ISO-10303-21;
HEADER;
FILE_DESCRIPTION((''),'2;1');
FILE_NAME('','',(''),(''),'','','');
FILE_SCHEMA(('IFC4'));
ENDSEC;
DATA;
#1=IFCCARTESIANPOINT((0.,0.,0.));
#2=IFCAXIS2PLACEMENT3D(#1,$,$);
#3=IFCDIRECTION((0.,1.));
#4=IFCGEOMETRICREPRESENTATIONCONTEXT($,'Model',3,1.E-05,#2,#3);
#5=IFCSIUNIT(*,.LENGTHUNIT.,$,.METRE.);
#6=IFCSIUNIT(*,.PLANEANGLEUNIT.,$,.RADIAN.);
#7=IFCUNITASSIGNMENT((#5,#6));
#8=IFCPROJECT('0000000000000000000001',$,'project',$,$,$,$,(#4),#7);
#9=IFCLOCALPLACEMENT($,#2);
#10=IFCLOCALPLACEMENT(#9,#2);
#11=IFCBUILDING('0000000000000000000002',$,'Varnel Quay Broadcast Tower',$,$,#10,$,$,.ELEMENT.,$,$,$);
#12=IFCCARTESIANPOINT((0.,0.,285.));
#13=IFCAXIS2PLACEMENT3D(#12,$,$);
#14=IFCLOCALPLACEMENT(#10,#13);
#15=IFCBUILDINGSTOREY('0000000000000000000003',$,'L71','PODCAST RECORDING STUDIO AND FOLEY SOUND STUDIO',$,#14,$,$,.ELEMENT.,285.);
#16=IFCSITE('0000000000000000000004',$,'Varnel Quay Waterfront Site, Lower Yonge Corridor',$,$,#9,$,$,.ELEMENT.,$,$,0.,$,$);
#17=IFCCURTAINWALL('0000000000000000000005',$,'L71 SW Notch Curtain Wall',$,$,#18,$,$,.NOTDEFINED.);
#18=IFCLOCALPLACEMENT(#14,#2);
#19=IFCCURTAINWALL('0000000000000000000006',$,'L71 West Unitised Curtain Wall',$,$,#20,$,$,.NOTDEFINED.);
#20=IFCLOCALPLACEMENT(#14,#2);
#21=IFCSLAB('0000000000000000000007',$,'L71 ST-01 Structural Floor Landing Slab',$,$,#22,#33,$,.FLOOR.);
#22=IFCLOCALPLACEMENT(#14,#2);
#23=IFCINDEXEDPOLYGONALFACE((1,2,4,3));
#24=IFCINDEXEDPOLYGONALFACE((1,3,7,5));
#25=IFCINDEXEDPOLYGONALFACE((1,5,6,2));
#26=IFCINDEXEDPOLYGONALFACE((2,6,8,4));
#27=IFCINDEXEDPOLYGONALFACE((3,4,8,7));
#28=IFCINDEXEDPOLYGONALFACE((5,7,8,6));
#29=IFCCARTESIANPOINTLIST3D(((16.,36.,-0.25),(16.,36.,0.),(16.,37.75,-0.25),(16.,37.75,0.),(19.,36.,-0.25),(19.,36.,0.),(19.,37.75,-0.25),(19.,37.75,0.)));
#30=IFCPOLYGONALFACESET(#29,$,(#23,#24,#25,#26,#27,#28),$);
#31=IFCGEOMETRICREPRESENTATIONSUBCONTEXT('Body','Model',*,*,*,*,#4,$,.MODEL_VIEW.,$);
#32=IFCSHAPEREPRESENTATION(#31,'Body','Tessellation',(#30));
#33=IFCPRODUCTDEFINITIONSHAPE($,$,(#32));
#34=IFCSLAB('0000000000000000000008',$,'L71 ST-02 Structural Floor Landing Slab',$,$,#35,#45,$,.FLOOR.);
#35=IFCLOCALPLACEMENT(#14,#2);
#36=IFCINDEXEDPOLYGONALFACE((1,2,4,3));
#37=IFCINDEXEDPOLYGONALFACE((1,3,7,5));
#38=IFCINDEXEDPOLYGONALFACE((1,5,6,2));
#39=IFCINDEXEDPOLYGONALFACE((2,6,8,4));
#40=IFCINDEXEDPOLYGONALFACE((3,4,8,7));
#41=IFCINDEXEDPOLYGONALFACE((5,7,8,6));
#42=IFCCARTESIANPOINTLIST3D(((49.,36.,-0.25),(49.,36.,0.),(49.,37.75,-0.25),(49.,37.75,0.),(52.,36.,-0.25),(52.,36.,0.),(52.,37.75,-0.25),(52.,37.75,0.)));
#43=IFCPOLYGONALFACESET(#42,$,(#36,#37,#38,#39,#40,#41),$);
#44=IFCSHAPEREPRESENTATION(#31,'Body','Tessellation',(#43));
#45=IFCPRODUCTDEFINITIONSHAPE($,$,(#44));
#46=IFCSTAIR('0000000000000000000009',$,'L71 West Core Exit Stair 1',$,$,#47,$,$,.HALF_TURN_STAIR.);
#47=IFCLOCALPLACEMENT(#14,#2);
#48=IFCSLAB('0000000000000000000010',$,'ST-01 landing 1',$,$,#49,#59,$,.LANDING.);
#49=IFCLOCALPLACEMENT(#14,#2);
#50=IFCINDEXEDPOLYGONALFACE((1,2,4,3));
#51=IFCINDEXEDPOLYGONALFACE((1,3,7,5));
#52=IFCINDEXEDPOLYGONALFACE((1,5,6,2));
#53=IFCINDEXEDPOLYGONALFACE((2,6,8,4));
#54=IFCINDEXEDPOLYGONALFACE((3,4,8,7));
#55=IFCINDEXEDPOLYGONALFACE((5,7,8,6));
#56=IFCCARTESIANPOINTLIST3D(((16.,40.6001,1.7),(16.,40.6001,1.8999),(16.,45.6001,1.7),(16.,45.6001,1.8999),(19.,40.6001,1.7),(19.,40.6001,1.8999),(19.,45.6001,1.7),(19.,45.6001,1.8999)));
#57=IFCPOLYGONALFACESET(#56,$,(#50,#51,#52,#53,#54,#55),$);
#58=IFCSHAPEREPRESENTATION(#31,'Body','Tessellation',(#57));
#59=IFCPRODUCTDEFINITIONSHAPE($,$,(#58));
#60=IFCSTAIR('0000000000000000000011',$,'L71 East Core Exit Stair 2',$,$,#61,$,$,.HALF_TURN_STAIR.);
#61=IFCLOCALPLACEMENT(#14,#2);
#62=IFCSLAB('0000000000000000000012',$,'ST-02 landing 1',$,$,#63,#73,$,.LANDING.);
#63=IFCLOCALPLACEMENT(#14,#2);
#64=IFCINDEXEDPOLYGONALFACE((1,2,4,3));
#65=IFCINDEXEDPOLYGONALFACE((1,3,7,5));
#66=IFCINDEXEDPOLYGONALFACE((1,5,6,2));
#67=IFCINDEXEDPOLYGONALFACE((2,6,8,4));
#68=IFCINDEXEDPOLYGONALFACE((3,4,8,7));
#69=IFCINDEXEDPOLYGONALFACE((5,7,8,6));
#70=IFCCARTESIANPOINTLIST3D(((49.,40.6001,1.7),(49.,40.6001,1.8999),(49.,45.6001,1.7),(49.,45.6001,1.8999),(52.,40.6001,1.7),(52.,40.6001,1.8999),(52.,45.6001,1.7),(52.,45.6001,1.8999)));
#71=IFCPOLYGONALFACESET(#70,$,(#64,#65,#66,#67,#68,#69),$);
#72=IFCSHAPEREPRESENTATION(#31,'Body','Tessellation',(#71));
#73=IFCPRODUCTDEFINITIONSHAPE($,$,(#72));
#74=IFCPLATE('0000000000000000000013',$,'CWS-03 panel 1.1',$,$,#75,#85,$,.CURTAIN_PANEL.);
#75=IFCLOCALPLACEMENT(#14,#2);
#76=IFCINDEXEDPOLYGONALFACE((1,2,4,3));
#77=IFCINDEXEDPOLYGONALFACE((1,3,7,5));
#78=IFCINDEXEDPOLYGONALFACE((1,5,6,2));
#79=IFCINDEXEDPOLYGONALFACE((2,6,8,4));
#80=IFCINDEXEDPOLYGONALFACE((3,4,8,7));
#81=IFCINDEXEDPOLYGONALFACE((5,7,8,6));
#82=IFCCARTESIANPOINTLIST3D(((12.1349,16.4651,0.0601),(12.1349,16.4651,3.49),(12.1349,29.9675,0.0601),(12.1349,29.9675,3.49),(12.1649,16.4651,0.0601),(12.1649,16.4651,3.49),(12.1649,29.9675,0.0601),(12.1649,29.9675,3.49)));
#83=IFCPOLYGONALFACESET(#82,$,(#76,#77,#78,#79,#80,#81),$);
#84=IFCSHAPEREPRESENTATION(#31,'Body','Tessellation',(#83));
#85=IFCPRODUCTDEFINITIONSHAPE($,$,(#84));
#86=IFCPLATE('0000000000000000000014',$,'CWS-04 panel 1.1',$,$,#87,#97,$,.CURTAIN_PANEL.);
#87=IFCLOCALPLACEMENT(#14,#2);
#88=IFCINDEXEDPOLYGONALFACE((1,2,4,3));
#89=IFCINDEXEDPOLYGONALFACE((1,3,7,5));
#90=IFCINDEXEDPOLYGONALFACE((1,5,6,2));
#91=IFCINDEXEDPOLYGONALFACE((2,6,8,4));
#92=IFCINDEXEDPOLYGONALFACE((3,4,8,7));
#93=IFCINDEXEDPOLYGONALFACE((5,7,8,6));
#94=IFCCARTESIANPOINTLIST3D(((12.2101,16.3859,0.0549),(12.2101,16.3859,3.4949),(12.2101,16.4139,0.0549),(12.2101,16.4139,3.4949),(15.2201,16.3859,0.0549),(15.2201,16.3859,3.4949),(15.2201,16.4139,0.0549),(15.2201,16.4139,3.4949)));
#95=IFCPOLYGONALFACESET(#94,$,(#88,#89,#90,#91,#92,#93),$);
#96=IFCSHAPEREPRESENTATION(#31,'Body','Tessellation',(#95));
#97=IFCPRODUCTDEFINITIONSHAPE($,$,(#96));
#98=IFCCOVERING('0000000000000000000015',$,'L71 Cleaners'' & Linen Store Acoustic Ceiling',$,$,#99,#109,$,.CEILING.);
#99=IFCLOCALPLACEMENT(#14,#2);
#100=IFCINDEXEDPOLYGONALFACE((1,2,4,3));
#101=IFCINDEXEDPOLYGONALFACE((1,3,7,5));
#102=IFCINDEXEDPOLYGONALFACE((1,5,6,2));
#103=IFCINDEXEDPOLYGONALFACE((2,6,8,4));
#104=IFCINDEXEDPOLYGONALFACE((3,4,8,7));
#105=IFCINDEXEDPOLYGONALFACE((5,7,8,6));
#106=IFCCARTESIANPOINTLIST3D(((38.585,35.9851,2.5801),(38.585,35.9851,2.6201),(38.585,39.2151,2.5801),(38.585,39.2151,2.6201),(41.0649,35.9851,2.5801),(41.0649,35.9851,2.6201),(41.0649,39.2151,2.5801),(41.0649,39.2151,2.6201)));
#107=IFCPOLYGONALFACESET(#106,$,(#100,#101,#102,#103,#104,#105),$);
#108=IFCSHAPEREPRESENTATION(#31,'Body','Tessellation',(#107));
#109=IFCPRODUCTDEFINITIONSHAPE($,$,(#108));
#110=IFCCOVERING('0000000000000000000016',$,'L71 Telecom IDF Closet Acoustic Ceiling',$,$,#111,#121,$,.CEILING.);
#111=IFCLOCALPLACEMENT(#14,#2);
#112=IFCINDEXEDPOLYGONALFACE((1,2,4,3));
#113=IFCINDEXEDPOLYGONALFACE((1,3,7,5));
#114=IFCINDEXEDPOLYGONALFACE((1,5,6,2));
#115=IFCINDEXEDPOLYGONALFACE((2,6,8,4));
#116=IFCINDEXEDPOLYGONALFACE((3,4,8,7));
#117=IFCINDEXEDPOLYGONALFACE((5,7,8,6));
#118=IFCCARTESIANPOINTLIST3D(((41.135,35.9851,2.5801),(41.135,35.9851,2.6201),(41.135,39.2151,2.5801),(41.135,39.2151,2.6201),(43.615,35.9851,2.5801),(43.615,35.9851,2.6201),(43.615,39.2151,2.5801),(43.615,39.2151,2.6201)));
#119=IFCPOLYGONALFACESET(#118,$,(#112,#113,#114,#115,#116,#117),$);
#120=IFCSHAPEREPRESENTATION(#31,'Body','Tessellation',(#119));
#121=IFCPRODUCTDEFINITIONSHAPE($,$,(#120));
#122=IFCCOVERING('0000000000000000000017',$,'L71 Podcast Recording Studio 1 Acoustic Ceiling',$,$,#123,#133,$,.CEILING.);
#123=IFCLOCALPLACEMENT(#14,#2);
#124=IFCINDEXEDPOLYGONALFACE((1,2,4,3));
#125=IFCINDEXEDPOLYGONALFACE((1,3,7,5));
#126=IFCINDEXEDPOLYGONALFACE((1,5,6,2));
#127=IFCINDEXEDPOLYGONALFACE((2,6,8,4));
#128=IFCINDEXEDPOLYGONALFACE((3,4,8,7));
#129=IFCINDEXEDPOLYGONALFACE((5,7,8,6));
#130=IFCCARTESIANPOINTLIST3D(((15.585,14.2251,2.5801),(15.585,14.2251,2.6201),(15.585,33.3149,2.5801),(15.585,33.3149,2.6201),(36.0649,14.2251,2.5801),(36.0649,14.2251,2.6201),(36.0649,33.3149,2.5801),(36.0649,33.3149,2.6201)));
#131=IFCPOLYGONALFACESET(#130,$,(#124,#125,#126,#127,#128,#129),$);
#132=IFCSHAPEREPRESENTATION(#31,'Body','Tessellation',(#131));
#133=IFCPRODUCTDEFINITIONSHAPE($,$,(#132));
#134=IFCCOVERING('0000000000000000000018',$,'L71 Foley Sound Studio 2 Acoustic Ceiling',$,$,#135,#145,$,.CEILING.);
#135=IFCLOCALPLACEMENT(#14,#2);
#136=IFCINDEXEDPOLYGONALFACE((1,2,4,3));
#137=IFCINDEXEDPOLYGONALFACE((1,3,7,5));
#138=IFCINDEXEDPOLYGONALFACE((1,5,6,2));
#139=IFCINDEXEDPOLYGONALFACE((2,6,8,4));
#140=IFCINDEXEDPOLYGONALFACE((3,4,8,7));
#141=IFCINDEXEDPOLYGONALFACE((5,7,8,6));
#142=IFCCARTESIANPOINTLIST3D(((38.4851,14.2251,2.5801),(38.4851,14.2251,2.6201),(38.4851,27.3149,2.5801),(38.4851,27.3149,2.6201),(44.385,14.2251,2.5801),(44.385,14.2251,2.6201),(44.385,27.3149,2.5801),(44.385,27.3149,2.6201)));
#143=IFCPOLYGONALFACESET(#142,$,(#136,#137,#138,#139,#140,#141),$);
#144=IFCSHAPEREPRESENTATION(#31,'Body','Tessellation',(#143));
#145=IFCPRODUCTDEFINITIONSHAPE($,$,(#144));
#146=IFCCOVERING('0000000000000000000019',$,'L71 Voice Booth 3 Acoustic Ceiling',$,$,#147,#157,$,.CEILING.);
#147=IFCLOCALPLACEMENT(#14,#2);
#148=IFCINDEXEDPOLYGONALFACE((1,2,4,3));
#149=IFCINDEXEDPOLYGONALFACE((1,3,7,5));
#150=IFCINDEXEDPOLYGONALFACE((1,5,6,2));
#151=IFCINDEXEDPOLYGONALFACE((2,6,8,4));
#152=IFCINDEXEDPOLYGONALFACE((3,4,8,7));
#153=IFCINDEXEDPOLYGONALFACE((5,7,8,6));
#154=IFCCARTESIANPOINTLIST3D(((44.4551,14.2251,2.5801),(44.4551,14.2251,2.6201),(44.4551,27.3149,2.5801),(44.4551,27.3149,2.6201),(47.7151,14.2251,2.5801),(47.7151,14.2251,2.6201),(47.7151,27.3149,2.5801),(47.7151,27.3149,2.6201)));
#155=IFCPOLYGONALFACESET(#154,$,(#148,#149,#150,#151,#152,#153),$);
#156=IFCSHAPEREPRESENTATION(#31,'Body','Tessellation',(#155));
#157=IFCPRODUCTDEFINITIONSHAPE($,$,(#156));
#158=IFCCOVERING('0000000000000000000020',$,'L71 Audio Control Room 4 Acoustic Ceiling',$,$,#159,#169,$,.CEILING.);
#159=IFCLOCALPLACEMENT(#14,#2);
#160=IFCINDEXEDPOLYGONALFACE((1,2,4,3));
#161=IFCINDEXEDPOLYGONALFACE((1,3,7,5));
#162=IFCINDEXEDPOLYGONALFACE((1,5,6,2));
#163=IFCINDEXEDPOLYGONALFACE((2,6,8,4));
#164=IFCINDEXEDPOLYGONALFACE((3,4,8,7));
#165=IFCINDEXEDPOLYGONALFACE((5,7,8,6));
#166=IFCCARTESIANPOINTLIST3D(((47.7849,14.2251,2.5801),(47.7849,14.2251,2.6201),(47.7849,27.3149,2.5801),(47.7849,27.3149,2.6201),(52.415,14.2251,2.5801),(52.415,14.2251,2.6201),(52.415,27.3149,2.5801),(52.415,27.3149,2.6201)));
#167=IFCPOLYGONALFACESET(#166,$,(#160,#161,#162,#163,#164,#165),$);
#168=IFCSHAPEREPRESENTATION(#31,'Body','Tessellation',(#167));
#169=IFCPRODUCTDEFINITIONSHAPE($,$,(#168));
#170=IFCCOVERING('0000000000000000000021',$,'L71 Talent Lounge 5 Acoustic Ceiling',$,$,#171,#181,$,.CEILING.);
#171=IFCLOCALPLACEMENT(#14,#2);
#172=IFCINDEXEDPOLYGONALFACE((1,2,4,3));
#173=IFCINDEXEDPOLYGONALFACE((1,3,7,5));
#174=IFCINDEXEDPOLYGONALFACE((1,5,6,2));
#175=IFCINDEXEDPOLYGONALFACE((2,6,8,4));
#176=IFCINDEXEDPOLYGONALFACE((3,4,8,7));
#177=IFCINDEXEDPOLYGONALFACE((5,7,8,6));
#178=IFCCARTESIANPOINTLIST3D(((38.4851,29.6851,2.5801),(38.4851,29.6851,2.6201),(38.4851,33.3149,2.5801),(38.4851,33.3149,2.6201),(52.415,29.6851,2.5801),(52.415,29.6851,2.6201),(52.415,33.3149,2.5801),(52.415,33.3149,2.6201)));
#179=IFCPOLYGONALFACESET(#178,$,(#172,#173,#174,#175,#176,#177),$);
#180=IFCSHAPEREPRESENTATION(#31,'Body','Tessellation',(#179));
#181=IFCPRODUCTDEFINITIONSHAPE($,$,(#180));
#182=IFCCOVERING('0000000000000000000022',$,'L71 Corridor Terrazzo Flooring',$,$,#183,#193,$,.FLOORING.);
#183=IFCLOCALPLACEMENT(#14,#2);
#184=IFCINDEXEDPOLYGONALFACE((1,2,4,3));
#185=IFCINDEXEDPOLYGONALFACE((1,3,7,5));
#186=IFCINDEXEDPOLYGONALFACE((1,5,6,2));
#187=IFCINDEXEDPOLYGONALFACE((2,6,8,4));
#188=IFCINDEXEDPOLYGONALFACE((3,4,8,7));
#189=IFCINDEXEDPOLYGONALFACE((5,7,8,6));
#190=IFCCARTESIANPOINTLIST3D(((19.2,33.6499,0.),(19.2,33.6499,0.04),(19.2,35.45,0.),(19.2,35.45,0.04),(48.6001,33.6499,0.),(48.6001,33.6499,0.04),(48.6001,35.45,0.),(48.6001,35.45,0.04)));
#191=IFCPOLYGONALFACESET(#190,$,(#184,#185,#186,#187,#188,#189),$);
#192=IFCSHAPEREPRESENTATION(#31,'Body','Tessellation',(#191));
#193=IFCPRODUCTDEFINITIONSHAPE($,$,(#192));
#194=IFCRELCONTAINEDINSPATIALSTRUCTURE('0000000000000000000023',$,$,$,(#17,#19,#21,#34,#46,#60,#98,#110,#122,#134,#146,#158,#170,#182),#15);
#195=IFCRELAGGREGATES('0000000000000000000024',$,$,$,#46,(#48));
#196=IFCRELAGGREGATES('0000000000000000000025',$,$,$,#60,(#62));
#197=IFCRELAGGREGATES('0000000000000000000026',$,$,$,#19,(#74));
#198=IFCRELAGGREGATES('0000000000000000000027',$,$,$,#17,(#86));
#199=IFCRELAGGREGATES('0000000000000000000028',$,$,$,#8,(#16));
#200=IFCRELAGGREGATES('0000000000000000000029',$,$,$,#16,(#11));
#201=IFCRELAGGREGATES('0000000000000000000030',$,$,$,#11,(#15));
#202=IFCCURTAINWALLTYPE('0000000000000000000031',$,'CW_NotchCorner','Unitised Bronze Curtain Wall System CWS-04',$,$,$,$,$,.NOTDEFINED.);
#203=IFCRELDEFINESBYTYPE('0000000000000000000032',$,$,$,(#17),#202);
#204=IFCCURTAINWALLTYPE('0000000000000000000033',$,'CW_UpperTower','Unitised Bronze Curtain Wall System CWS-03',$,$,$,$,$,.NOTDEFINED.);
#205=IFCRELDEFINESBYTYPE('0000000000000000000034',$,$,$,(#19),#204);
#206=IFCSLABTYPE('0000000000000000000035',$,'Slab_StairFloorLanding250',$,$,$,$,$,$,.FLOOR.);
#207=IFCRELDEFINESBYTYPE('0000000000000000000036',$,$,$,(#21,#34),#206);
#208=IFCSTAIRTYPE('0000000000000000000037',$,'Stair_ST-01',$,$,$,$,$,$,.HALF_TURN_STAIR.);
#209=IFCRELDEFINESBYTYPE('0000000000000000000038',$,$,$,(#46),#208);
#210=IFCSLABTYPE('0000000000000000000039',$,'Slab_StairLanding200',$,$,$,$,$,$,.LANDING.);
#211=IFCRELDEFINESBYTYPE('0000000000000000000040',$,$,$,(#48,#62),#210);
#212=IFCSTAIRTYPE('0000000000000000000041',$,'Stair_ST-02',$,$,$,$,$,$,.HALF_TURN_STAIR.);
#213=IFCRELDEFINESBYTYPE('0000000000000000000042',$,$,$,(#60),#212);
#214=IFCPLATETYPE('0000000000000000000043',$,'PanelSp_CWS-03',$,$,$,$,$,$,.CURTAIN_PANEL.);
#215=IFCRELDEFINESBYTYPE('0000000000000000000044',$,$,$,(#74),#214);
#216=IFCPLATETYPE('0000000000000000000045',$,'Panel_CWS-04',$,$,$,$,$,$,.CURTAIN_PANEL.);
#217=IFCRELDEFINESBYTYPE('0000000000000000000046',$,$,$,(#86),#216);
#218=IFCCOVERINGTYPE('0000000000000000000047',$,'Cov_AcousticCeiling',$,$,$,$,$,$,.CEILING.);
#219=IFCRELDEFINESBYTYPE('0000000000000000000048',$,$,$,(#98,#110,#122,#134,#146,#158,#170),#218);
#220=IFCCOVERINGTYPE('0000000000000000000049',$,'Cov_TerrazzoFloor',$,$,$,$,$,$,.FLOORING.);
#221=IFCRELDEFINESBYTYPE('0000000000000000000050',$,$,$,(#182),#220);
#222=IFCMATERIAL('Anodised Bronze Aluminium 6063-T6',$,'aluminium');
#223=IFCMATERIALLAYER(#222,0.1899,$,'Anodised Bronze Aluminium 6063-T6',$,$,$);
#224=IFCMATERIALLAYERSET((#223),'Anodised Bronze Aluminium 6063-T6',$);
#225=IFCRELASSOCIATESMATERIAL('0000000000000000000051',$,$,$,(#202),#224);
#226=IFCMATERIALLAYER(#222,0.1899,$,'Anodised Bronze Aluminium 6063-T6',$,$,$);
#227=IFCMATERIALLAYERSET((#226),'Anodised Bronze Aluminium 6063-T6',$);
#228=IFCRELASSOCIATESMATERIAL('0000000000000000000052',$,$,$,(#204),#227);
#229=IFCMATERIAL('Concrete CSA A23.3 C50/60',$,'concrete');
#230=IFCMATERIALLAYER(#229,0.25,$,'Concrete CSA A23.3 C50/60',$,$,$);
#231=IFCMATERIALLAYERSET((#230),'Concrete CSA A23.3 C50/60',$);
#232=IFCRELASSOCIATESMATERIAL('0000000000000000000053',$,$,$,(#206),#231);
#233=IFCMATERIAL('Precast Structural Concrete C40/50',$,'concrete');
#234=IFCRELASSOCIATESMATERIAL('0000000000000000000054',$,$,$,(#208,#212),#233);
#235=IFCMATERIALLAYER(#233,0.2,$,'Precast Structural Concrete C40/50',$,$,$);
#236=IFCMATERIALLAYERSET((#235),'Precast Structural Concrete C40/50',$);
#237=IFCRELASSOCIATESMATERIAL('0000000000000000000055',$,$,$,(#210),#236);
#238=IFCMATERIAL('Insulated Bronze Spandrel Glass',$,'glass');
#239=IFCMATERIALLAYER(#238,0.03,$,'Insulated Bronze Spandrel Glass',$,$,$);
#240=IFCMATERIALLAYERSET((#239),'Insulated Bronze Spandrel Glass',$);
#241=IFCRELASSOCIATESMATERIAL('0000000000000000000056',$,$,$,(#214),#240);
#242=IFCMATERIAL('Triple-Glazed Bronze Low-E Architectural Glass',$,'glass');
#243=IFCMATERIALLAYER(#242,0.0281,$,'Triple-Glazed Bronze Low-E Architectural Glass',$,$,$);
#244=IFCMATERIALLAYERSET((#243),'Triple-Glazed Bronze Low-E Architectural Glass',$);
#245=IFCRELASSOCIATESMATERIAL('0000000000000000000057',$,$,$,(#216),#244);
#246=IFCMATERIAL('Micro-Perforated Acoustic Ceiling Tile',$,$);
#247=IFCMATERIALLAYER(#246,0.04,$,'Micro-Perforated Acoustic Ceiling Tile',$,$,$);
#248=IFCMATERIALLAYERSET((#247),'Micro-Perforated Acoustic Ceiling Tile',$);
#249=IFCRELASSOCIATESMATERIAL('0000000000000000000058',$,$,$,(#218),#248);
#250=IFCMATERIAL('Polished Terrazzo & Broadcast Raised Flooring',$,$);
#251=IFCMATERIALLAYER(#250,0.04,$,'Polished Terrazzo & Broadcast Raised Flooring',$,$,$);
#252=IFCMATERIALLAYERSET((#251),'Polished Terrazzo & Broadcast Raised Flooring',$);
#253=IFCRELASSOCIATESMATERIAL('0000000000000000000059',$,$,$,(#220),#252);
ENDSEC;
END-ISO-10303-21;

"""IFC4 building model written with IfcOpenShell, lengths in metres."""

from ifc_helpers import new_model, si_unit, direction, frame, origin, origin_2d, place, context, subcontext, project, spatial, polyline, rectangle, outline, extrude, source, transform, mapped, material, layer, layer_set, type_object, type_shapes, element, aggregate, save


model = new_model("IFC4")

# Units and contexts
model_context = context("Model", 3, precision=1e-05, world=origin(), true_north=direction((0.0, 1.0)))
body_context = subcontext(model_context, "Body", "Model", "MODEL_VIEW")
ifc_project = project(units=[si_unit("LENGTHUNIT", "METRE"), si_unit("PLANEANGLEUNIT", "RADIAN")], contexts=[model_context])

# Site, building, storey
site_placement = place(None, origin())
site = spatial("IfcSite", under=ifc_project, at=site_placement, Name="Varnel Quay Waterfront Site, Lower Yonge Corridor", CompositionType="ELEMENT", RefElevation=0.0)
building_placement = place(site_placement, origin())
building = spatial("IfcBuilding", under=site, at=building_placement, Name="Varnel Quay Broadcast Tower", CompositionType="ELEMENT")
storey_placement = place(building_placement, frame((0.0, 0.0, 285.0)))
storey = spatial("IfcBuildingStorey", under=building, at=storey_placement, Name="L71", Description="PODCAST RECORDING STUDIO AND FOLEY SOUND STUDIO", CompositionType="ELEMENT", Elevation=285.0)

# Curtain wall
ifc_material_1 = material(Name="Anodised Bronze Aluminium 6063-T6", Category="aluminium")
ifc_layer_1 = layer(ifc_material_1, 0.1899, Name="Anodised Bronze Aluminium 6063-T6")
ifc_layer_set_1 = layer_set([ifc_layer_1], Name="Anodised Bronze Aluminium 6063-T6")
curtain_wall_type_1 = type_object("IfcCurtainWallType", Name="CW_NotchCorner", Description="Unitised Bronze Curtain Wall System CWS-04", PredefinedType="NOTDEFINED", material=ifc_layer_set_1)
curtain_wall_1_placement = place(storey_placement, origin())
curtain_wall_1 = element("IfcCurtainWall", 1, at=curtain_wall_1_placement, inside=storey, type_object=curtain_wall_type_1, Name="L71 SW Notch Curtain Wall", PredefinedType="NOTDEFINED")

# Curtain wall
ifc_layer_2 = layer(ifc_material_1, 0.1899, Name="Anodised Bronze Aluminium 6063-T6")
ifc_layer_set_2 = layer_set([ifc_layer_2], Name="Anodised Bronze Aluminium 6063-T6")
curtain_wall_type_2 = type_object("IfcCurtainWallType", Name="CW_UpperTower", Description="Unitised Bronze Curtain Wall System CWS-03", PredefinedType="NOTDEFINED", material=ifc_layer_set_2)
curtain_wall_2_placement = place(storey_placement, origin())
curtain_wall_2 = element("IfcCurtainWall", 2, at=curtain_wall_2_placement, inside=storey, type_object=curtain_wall_type_2, Name="L71 West Unitised Curtain Wall", PredefinedType="NOTDEFINED")

# Slabs
ifc_material_2 = material(Name="Concrete CSA A23.3 C50/60", Category="concrete")
ifc_layer_3 = layer(ifc_material_2, 0.25, Name="Concrete CSA A23.3 C50/60")
ifc_layer_set_3 = layer_set([ifc_layer_3], Name="Concrete CSA A23.3 C50/60")
slab_type_1 = type_object("IfcSlabType", Name="Slab_StairFloorLanding250", PredefinedType="FLOOR", material=ifc_layer_set_3)
slab_1_placement = place(storey_placement, frame((0.0, 0.0, -0.25)))
element("IfcSlab", 3, at=slab_1_placement, inside=storey, type_object=slab_type_1, Name="L71 ST-01 Structural Floor Landing Slab", PredefinedType="FLOOR", context=body_context, shape_type="SweptSolid", body=[
    extrude(outline(polyline([(19.0, 36.0), (19.0, 37.75), (16.0, 37.75), (16.0, 36.0), (19.0, 36.0)])), origin(), (0.0, 0.0, 1.0), 0.25),
])
slab_2_placement = place(storey_placement, frame((0.0, 0.0, -0.25)))
element("IfcSlab", 4, at=slab_2_placement, inside=storey, type_object=slab_type_1, Name="L71 ST-02 Structural Floor Landing Slab", PredefinedType="FLOOR", context=body_context, shape_type="SweptSolid", body=[
    extrude(outline(polyline([(52.0, 36.0), (52.0, 37.75), (49.0, 37.75), (49.0, 36.0), (52.0, 36.0)])), origin(), (0.0, 0.0, 1.0), 0.25),
])

# Stairs, slabs
ifc_material_3 = material(Name="Precast Structural Concrete C40/50", Category="concrete")
stair_type_1 = type_object("IfcStairType", Name="Stair_ST-01", PredefinedType="HALF_TURN_STAIR", material=ifc_material_3)
stair_1_placement = place(storey_placement, origin())
stair_1 = element("IfcStair", 5, at=stair_1_placement, inside=storey, type_object=stair_type_1, Name="L71 West Core Exit Stair 1", PredefinedType="HALF_TURN_STAIR")
ifc_layer_4 = layer(ifc_material_3, 0.2, Name="Precast Structural Concrete C40/50")
ifc_layer_set_4 = layer_set([ifc_layer_4], Name="Precast Structural Concrete C40/50")
slab_type_2 = type_object("IfcSlabType", Name="Slab_StairLanding200", PredefinedType="LANDING", material=ifc_layer_set_4)
slab_3_placement = place(storey_placement, frame((0.0, 0.0, 1.7)))
slab_3 = element("IfcSlab", 6, at=slab_3_placement, type_object=slab_type_2, Name="ST-01 landing 1", PredefinedType="LANDING", context=body_context, shape_type="SweptSolid", body=[
    extrude(outline(polyline([(19.0, 40.6001), (19.0, 45.6001), (16.0, 45.6001), (16.0, 40.6001), (19.0, 40.6001)])), origin(), (0.0, 0.0, 1.0), 0.2),
])
aggregate(stair_1, [slab_3])
stair_type_2 = type_object("IfcStairType", Name="Stair_ST-02", PredefinedType="HALF_TURN_STAIR", material=ifc_material_3)
stair_2_placement = place(storey_placement, origin())
stair_2 = element("IfcStair", 7, at=stair_2_placement, inside=storey, type_object=stair_type_2, Name="L71 East Core Exit Stair 2", PredefinedType="HALF_TURN_STAIR")
slab_4_placement = place(storey_placement, frame((0.0, 0.0, 1.7)))
slab_4 = element("IfcSlab", 8, at=slab_4_placement, type_object=slab_type_2, Name="ST-02 landing 1", PredefinedType="LANDING", context=body_context, shape_type="SweptSolid", body=[
    extrude(outline(polyline([(52.0, 40.6001), (52.0, 45.6001), (49.0, 45.6001), (49.0, 40.6001), (52.0, 40.6001)])), origin(), (0.0, 0.0, 1.0), 0.2),
])
aggregate(stair_2, [slab_4])

# Plates
ifc_material_4 = material(Name="Insulated Bronze Spandrel Glass", Category="glass")
ifc_layer_5 = layer(ifc_material_4, 0.03, Name="Insulated Bronze Spandrel Glass")
ifc_layer_set_5 = layer_set([ifc_layer_5], Name="Insulated Bronze Spandrel Glass")
plate_type_1 = type_object("IfcPlateType", Name="PanelSp_CWS-03", PredefinedType="CURTAIN_PANEL", material=ifc_layer_set_5)
shared_shape_1 = source(origin(), body_context, "Body", "SweptSolid", [
    extrude(rectangle(XDim=13.5024, YDim=0.03, at=origin_2d()), origin(), (0.0, 0.0, 1.0), 3.4299),
])
type_shapes(plate_type_1, [shared_shape_1])
plate_1_placement = place(storey_placement, frame((12.1499, 23.2163, 0.0601), z_axis=(0.0, 0.0, 1.0), x_axis=(0.0, 1.0, 0.0)))
plate_1 = element("IfcPlate", 9, at=plate_1_placement, type_object=plate_type_1, Name="CWS-03 panel 1.1", PredefinedType="CURTAIN_PANEL", context=body_context, shape_type="MappedRepresentation", body=[
    mapped(shared_shape_1, transform((0.0, 0.0, 0.0), x_axis=(1.0, 0.0, 0.0), y_axis=(0.0, 1.0, 0.0), z_axis=(0.0, 0.0, 1.0), scale=1.0)),
])
aggregate(curtain_wall_2, [plate_1])
ifc_material_5 = material(Name="Triple-Glazed Bronze Low-E Architectural Glass", Category="glass")
ifc_layer_6 = layer(ifc_material_5, 0.0281, Name="Triple-Glazed Bronze Low-E Architectural Glass")
ifc_layer_set_6 = layer_set([ifc_layer_6], Name="Triple-Glazed Bronze Low-E Architectural Glass")
plate_type_2 = type_object("IfcPlateType", Name="Panel_CWS-04", PredefinedType="CURTAIN_PANEL", material=ifc_layer_set_6)
shared_shape_2 = source(origin(), body_context, "Body", "SweptSolid", [
    extrude(rectangle(XDim=3.01, YDim=0.0281, at=origin_2d()), origin(), (0.0, 0.0, 1.0), 3.4399),
])
type_shapes(plate_type_2, [shared_shape_2])
plate_2_placement = place(storey_placement, frame((13.7151, 16.3999, 0.0549), z_axis=(0.0, 0.0, 1.0), x_axis=(1.0, 0.0, 0.0)))
plate_2 = element("IfcPlate", 10, at=plate_2_placement, type_object=plate_type_2, Name="CWS-04 panel 1.1", PredefinedType="CURTAIN_PANEL", context=body_context, shape_type="MappedRepresentation", body=[
    mapped(shared_shape_2, transform((0.0, 0.0, 0.0), x_axis=(1.0, 0.0, 0.0), y_axis=(0.0, 1.0, 0.0), z_axis=(0.0, 0.0, 1.0), scale=1.0)),
])
aggregate(curtain_wall_1, [plate_2])

# Coverings
ifc_material_6 = material(Name="Micro-Perforated Acoustic Ceiling Tile")
ifc_layer_7 = layer(ifc_material_6, 0.04, Name="Micro-Perforated Acoustic Ceiling Tile")
ifc_layer_set_7 = layer_set([ifc_layer_7], Name="Micro-Perforated Acoustic Ceiling Tile")
covering_type_1 = type_object("IfcCoveringType", Name="Cov_AcousticCeiling", PredefinedType="CEILING", material=ifc_layer_set_7)
covering_1_placement = place(storey_placement, frame((0.0, 0.0, 2.5801)))
element("IfcCovering", 11, at=covering_1_placement, inside=storey, type_object=covering_type_1, Name="L71 Cleaners' & Linen Store Acoustic Ceiling", PredefinedType="CEILING", context=body_context, shape_type="SweptSolid", body=[
    extrude(outline(polyline([(38.585, 35.9851), (41.0649, 35.9851), (41.0649, 39.2151), (38.585, 39.2151), (38.585, 35.9851)])), origin(), (0.0, 0.0, 1.0), 0.04),
])
covering_2_placement = place(storey_placement, frame((0.0, 0.0, 2.5801)))
element("IfcCovering", 12, at=covering_2_placement, inside=storey, type_object=covering_type_1, Name="L71 Telecom IDF Closet Acoustic Ceiling", PredefinedType="CEILING", context=body_context, shape_type="SweptSolid", body=[
    extrude(outline(polyline([(41.135, 35.9851), (43.615, 35.9851), (43.615, 39.2151), (41.135, 39.2151), (41.135, 35.9851)])), origin(), (0.0, 0.0, 1.0), 0.04),
])
covering_3_placement = place(storey_placement, frame((0.0, 0.0, 2.5801)))
element("IfcCovering", 13, at=covering_3_placement, inside=storey, type_object=covering_type_1, Name="L71 Podcast Recording Studio 1 Acoustic Ceiling", PredefinedType="CEILING", context=body_context, shape_type="SweptSolid", body=[
    extrude(outline(polyline([(15.585, 14.2251), (36.0649, 14.2251), (36.0649, 33.3149), (15.585, 33.3149), (15.585, 14.2251)])), origin(), (0.0, 0.0, 1.0), 0.04),
])
covering_4_placement = place(storey_placement, frame((0.0, 0.0, 2.5801)))
element("IfcCovering", 14, at=covering_4_placement, inside=storey, type_object=covering_type_1, Name="L71 Foley Sound Studio 2 Acoustic Ceiling", PredefinedType="CEILING", context=body_context, shape_type="SweptSolid", body=[
    extrude(outline(polyline([(38.4851, 14.2251), (44.385, 14.2251), (44.385, 27.3149), (38.4851, 27.3149), (38.4851, 14.2251)])), origin(), (0.0, 0.0, 1.0), 0.04),
])
covering_5_placement = place(storey_placement, frame((0.0, 0.0, 2.5801)))
element("IfcCovering", 15, at=covering_5_placement, inside=storey, type_object=covering_type_1, Name="L71 Voice Booth 3 Acoustic Ceiling", PredefinedType="CEILING", context=body_context, shape_type="SweptSolid", body=[
    extrude(outline(polyline([(44.4551, 14.2251), (47.7151, 14.2251), (47.7151, 27.3149), (44.4551, 27.3149), (44.4551, 14.2251)])), origin(), (0.0, 0.0, 1.0), 0.04),
])
covering_6_placement = place(storey_placement, frame((0.0, 0.0, 2.5801)))
element("IfcCovering", 16, at=covering_6_placement, inside=storey, type_object=covering_type_1, Name="L71 Audio Control Room 4 Acoustic Ceiling", PredefinedType="CEILING", context=body_context, shape_type="SweptSolid", body=[
    extrude(outline(polyline([(47.7849, 14.2251), (52.415, 14.2251), (52.415, 27.3149), (47.7849, 27.3149), (47.7849, 14.2251)])), origin(), (0.0, 0.0, 1.0), 0.04),
])
covering_7_placement = place(storey_placement, frame((0.0, 0.0, 2.5801)))
element("IfcCovering", 17, at=covering_7_placement, inside=storey, type_object=covering_type_1, Name="L71 Talent Lounge 5 Acoustic Ceiling", PredefinedType="CEILING", context=body_context, shape_type="SweptSolid", body=[
    extrude(outline(polyline([(38.4851, 29.6851), (52.415, 29.6851), (52.415, 33.3149), (38.4851, 33.3149), (38.4851, 29.6851)])), origin(), (0.0, 0.0, 1.0), 0.04),
])
ifc_material_7 = material(Name="Polished Terrazzo & Broadcast Raised Flooring")
ifc_layer_8 = layer(ifc_material_7, 0.04, Name="Polished Terrazzo & Broadcast Raised Flooring")
ifc_layer_set_8 = layer_set([ifc_layer_8], Name="Polished Terrazzo & Broadcast Raised Flooring")
covering_type_2 = type_object("IfcCoveringType", Name="Cov_TerrazzoFloor", PredefinedType="FLOORING", material=ifc_layer_set_8)
covering_8_placement = place(storey_placement, origin())
element("IfcCovering", 18, at=covering_8_placement, inside=storey, type_object=covering_type_2, Name="L71 Corridor Terrazzo Flooring", PredefinedType="FLOORING", context=body_context, shape_type="SweptSolid", body=[
    extrude(outline(polyline([(19.2, 33.6499), (48.6001, 33.6499), (48.6001, 35.45), (19.2, 35.45), (19.2, 33.6499)])), origin(), (0.0, 0.0, 1.0), 0.04),
])

save(model, "model.ifc")
